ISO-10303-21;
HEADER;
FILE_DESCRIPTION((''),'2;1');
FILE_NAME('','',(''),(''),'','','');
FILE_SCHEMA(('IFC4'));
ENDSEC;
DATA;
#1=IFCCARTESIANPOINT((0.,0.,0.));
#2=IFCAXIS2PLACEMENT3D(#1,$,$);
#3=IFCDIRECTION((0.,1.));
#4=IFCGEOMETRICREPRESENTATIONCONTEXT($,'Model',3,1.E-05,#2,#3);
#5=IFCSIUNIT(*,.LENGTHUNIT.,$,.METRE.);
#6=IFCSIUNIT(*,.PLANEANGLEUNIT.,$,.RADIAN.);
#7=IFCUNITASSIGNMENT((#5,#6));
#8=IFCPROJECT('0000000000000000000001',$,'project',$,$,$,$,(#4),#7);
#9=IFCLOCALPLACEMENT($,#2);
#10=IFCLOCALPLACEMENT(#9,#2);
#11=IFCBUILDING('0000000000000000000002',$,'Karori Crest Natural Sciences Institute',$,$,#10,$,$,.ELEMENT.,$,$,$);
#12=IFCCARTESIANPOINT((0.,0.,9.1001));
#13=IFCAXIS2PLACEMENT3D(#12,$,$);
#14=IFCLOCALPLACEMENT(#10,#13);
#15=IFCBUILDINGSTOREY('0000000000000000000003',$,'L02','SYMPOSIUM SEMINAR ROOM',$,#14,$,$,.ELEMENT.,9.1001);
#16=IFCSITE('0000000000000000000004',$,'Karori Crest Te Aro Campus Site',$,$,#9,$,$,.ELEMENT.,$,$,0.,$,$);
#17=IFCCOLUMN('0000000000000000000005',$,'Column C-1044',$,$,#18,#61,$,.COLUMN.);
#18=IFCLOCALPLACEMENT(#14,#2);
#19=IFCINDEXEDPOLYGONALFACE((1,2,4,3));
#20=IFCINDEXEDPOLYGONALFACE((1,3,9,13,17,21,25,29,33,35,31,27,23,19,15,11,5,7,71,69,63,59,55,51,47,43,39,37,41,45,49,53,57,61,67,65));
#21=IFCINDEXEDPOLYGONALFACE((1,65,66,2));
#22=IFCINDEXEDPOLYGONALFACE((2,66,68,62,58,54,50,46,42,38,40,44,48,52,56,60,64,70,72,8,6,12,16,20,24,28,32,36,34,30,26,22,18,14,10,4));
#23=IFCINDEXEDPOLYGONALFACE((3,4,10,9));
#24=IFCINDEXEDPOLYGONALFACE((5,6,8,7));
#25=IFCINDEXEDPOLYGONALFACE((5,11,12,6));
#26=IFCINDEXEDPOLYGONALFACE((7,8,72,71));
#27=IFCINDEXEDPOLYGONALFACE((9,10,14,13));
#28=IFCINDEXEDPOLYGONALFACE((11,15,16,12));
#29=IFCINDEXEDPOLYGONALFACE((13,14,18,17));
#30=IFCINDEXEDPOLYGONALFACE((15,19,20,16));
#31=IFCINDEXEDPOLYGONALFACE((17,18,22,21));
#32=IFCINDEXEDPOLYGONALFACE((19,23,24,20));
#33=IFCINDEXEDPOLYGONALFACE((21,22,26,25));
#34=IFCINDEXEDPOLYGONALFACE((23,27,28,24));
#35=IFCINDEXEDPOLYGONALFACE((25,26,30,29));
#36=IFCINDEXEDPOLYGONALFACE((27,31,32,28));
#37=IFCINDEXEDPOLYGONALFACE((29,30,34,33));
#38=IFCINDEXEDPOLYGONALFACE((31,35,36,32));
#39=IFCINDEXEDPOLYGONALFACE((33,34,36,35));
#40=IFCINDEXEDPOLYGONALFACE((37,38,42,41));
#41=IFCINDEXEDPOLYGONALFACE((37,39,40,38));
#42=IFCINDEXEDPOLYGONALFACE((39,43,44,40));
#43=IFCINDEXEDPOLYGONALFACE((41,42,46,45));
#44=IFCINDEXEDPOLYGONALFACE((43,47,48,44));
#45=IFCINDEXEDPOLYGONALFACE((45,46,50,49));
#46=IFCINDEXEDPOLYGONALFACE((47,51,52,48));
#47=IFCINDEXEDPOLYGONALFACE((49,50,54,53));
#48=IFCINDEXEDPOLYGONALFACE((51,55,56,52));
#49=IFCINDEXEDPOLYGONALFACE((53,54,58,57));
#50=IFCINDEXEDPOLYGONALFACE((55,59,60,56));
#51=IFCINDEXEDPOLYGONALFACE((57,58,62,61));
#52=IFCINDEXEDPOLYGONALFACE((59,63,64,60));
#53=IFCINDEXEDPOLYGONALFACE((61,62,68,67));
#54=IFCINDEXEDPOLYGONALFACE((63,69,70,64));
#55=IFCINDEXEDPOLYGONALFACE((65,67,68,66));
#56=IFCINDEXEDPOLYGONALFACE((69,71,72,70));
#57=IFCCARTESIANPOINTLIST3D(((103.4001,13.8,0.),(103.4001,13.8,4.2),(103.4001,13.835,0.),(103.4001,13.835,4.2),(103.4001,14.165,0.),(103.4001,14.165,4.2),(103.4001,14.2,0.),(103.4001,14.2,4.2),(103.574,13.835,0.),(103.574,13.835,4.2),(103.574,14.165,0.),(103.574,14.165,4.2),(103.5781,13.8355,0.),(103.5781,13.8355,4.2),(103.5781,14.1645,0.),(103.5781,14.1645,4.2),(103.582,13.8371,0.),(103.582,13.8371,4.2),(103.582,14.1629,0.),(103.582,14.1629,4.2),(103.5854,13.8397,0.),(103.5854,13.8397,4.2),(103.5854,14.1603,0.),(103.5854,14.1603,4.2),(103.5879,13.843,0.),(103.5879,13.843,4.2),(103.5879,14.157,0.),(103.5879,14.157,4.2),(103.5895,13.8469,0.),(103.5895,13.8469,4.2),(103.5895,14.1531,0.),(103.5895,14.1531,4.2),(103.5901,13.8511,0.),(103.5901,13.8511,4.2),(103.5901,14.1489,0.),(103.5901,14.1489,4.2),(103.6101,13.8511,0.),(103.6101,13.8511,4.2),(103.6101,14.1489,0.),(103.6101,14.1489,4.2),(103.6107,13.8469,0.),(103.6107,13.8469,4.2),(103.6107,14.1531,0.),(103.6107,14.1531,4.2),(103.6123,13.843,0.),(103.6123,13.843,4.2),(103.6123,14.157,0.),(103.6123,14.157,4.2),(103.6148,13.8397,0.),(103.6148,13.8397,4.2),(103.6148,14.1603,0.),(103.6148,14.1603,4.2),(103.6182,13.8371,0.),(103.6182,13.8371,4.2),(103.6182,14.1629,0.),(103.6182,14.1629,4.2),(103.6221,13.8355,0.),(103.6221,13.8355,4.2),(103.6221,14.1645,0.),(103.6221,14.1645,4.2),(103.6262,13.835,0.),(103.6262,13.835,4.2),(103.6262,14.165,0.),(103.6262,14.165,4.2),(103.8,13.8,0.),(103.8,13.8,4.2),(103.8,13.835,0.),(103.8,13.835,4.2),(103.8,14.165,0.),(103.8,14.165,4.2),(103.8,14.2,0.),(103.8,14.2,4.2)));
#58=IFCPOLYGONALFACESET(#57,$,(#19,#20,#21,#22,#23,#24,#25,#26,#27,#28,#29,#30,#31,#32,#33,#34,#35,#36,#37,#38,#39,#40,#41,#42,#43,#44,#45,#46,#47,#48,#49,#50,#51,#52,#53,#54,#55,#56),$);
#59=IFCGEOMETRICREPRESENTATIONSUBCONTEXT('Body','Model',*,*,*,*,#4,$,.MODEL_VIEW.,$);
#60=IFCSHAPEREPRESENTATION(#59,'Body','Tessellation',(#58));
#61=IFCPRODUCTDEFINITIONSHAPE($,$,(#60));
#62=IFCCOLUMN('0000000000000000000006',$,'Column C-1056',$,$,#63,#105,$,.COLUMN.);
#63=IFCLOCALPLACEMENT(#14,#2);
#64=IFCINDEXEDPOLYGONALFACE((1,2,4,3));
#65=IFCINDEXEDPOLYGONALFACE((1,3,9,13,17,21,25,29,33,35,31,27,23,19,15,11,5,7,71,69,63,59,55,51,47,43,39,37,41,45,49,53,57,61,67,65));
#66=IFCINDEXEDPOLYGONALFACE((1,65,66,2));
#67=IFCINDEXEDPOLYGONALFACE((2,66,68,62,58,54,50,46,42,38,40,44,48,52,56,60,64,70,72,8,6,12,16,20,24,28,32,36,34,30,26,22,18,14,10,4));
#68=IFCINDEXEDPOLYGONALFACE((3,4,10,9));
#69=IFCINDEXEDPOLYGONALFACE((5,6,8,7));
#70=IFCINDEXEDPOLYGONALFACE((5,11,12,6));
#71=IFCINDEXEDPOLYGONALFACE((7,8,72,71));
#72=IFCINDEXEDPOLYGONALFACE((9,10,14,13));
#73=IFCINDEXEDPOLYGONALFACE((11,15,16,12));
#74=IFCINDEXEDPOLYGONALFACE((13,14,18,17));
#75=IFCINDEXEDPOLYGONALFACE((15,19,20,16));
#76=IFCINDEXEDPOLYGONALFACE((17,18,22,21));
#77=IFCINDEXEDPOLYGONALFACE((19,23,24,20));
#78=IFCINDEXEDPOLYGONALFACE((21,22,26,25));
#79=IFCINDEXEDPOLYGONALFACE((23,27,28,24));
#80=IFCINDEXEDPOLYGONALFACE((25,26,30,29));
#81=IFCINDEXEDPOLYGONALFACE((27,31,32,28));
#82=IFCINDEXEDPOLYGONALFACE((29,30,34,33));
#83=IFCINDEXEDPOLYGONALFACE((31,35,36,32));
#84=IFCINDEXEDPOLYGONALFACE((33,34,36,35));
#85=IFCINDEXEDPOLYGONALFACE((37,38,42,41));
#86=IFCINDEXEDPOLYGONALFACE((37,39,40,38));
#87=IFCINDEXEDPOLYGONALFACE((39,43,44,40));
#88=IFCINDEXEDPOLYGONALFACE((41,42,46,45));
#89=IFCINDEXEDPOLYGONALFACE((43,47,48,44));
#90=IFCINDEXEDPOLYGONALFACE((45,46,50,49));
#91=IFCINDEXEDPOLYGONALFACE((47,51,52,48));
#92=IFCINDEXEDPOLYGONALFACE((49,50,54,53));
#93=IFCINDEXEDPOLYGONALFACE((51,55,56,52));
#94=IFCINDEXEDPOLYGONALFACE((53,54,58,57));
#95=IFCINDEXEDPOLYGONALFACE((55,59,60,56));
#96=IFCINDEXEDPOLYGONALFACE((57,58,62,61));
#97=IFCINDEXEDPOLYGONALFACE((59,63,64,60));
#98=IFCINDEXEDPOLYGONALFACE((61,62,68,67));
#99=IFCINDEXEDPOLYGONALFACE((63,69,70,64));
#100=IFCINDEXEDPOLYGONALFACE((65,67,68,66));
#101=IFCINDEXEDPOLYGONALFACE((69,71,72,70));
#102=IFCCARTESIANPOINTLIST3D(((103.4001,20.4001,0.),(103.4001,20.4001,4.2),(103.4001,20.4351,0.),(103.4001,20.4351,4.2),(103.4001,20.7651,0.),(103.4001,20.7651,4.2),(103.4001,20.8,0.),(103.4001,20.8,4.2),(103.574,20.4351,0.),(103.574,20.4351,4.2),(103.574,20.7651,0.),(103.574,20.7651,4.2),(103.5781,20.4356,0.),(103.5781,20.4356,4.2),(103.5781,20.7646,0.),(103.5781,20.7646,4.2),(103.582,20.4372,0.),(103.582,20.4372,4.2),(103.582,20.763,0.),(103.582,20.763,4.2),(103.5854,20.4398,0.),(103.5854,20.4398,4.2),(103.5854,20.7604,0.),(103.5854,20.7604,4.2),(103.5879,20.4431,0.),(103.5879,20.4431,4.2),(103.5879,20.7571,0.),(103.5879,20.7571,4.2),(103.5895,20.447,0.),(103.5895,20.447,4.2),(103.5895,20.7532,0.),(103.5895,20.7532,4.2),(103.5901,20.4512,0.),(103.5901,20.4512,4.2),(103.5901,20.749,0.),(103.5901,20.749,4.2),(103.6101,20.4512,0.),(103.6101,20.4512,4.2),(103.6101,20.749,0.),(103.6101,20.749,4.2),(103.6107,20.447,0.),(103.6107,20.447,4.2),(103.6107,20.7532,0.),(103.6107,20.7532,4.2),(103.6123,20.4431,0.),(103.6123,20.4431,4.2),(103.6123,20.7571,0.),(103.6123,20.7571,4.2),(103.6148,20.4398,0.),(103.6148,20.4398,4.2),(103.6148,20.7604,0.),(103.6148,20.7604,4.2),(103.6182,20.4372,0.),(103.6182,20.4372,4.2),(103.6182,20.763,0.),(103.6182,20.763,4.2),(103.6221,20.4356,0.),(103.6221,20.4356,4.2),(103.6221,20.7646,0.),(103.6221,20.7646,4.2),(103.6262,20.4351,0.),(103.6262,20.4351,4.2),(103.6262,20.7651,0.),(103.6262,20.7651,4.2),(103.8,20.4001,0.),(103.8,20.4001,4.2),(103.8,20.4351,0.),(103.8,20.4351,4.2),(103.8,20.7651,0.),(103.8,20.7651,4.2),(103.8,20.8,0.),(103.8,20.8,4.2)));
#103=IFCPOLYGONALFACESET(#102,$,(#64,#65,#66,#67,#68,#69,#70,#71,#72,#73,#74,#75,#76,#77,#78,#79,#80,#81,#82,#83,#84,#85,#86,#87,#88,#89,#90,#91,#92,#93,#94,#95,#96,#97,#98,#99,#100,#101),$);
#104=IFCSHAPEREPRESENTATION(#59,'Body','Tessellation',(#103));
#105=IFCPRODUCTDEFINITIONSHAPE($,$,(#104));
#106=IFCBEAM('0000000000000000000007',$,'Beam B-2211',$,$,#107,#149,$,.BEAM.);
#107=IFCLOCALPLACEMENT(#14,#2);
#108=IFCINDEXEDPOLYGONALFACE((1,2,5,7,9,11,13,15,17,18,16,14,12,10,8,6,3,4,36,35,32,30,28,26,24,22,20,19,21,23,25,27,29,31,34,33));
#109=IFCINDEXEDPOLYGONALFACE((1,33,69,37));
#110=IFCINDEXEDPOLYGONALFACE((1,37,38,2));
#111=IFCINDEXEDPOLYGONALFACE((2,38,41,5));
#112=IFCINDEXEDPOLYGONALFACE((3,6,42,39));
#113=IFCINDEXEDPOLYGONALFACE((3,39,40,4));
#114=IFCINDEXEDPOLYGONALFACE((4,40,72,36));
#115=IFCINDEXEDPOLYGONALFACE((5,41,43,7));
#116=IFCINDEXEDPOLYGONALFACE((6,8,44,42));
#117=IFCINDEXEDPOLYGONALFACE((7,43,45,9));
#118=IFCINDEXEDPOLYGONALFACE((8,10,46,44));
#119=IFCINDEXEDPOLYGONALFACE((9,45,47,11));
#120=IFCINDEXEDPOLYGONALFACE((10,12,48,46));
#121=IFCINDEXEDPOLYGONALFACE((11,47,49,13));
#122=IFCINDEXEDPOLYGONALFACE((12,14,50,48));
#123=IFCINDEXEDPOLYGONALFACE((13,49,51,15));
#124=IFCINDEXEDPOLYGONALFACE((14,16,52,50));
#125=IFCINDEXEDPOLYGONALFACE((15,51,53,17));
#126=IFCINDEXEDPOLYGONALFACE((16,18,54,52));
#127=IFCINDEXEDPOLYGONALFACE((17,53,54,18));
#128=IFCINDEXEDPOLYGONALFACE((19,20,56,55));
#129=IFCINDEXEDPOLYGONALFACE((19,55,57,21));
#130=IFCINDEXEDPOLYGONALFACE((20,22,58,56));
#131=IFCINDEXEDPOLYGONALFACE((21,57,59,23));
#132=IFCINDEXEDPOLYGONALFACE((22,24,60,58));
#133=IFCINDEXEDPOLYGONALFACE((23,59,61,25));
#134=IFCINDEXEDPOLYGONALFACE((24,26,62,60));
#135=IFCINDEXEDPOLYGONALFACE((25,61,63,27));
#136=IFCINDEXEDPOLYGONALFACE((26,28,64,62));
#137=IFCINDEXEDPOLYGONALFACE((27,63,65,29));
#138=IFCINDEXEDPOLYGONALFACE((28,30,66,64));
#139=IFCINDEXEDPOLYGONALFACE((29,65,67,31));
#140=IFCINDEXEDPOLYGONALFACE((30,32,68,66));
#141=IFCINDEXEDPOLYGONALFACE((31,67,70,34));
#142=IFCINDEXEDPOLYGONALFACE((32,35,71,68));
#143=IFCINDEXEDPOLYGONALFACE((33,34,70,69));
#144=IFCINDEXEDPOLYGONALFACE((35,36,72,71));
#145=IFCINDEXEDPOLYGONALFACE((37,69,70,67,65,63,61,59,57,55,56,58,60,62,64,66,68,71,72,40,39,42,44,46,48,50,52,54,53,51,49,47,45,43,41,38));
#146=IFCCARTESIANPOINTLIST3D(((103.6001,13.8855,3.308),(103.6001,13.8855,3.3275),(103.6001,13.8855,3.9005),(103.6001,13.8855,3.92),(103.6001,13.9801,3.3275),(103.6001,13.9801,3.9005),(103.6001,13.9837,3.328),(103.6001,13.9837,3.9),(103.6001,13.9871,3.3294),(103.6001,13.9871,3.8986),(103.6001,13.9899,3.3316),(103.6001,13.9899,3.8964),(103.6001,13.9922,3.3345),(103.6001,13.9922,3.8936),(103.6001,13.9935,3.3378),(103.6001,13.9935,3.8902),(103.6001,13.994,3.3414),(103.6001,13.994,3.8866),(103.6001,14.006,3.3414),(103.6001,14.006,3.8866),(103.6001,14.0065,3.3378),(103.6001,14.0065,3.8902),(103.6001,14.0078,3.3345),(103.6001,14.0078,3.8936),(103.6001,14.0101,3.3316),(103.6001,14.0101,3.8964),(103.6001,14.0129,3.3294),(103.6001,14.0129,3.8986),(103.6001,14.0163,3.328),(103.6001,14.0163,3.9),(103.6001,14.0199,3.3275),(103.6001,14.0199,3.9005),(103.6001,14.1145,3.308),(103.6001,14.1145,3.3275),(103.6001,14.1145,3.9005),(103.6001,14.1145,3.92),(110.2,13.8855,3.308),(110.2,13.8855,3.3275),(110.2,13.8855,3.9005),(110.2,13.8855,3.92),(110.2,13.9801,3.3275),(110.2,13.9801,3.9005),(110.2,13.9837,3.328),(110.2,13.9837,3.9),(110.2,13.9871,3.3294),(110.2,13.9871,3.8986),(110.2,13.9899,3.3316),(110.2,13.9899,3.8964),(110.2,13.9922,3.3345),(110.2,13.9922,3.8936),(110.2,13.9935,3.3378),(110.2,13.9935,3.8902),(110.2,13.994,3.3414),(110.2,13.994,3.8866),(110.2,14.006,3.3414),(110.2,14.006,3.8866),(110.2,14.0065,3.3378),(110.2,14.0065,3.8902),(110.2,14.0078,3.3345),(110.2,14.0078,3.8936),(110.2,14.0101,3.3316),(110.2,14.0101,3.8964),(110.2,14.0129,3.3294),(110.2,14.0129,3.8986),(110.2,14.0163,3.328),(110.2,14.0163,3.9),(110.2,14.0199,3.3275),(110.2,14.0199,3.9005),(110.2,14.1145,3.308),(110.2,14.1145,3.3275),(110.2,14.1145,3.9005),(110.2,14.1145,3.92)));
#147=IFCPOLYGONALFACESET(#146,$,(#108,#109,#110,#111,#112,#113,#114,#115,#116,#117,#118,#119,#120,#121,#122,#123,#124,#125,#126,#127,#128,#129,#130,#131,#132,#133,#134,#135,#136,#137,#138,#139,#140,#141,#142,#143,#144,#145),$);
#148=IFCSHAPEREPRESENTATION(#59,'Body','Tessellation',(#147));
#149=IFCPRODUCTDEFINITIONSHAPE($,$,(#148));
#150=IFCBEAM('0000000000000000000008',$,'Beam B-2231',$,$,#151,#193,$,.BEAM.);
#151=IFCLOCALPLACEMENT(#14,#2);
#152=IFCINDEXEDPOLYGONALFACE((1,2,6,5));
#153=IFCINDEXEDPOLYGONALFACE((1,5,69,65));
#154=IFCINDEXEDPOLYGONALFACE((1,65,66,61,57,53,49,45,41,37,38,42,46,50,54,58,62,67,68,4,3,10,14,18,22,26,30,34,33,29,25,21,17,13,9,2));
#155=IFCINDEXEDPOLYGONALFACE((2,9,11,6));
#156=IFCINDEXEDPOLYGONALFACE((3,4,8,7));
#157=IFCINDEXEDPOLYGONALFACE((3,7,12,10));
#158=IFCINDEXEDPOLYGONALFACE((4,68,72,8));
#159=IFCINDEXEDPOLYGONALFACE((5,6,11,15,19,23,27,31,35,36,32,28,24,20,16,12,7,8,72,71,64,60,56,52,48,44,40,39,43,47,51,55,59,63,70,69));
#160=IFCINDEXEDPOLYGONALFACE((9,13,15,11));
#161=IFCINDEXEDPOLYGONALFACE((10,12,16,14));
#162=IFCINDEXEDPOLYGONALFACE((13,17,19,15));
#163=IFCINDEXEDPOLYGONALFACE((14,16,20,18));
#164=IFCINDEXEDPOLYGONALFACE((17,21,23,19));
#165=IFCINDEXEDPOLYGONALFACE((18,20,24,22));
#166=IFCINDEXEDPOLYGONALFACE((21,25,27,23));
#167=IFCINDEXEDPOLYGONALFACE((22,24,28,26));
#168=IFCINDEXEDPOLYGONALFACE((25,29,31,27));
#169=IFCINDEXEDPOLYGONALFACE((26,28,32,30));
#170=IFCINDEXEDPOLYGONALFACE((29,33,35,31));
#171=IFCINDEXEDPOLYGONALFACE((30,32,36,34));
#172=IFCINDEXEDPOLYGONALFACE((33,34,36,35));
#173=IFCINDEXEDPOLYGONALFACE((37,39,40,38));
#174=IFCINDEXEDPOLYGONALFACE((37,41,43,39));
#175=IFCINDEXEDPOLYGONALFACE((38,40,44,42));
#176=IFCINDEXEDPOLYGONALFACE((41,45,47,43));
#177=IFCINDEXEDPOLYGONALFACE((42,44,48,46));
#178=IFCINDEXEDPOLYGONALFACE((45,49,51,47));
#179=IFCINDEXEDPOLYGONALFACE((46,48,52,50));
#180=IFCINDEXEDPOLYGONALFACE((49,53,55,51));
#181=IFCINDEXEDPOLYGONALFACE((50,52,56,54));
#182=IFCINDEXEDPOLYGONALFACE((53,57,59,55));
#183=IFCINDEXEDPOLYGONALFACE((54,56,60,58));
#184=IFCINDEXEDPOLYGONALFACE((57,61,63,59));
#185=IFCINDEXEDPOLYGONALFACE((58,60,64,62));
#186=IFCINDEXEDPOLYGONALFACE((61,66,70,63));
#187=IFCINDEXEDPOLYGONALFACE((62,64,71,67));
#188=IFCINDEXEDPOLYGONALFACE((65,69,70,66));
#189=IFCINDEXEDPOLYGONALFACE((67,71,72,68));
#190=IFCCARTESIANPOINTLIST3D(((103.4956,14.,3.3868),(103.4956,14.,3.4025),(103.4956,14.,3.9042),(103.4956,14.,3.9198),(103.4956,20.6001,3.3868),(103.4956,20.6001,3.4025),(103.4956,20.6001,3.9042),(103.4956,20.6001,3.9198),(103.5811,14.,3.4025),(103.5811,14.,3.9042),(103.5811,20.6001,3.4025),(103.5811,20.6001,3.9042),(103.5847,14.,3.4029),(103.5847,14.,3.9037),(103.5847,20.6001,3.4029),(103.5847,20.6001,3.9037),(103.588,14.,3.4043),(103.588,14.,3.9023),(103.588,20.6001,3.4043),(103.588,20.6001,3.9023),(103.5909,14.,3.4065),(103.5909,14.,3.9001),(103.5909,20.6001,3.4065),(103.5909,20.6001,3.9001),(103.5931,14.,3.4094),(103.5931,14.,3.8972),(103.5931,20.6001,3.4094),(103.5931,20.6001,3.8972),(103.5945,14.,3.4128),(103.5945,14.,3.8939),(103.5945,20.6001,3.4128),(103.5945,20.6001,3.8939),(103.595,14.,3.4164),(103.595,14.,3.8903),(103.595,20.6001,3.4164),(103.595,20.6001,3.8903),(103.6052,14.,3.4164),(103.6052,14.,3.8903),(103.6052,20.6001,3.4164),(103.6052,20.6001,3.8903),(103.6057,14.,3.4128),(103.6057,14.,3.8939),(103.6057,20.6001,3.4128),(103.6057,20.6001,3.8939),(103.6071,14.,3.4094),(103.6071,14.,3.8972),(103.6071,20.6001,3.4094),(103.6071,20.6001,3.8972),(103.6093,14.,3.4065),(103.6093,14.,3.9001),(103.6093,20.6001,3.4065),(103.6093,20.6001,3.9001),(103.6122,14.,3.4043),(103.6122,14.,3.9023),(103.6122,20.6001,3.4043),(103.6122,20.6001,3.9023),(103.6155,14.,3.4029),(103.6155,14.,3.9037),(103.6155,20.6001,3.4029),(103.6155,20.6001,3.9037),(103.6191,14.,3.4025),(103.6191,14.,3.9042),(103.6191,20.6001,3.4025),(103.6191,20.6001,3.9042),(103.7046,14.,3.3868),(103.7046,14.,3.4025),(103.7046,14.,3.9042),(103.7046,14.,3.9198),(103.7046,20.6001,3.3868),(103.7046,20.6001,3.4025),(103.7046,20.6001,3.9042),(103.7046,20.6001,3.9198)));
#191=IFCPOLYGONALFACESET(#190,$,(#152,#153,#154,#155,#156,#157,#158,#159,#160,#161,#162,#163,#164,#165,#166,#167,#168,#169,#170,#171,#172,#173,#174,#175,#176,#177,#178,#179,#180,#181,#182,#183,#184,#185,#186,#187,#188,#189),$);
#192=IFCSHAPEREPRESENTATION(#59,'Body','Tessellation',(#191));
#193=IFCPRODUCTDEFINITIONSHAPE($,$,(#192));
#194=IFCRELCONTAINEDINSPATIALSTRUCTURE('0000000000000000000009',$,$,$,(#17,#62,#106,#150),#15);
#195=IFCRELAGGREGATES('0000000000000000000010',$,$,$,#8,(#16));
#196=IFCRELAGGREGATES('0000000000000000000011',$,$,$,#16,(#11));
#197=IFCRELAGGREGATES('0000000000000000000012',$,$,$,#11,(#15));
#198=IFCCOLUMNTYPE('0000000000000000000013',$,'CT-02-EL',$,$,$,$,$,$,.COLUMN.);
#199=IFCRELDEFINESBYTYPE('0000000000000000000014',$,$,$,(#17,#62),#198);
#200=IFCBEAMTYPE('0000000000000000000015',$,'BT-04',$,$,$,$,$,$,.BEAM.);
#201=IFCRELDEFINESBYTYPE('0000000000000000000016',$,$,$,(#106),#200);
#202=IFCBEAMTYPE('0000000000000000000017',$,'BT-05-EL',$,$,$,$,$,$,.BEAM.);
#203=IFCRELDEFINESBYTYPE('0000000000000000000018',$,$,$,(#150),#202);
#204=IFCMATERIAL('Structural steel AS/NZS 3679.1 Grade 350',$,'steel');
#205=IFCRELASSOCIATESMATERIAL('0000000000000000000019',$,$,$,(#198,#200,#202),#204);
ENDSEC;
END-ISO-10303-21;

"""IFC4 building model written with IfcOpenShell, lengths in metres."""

from ifc_helpers import new_model, si_unit, direction, frame, origin, origin_2d, place, context, subcontext, project, spatial, i_section, extrude, material, material_profile, profile_set, type_object, element, save


model = new_model("IFC4")

# Units and contexts
model_context = context("Model", 3, precision=1e-05, world=origin(), true_north=direction((0.0, 1.0)))
body_context = subcontext(model_context, "Body", "Model", "MODEL_VIEW")
ifc_project = project(units=[si_unit("LENGTHUNIT", "METRE"), si_unit("PLANEANGLEUNIT", "RADIAN")], contexts=[model_context])

# Site, building, storey
site_placement = place(None, origin())
site = spatial("IfcSite", under=ifc_project, at=site_placement, Name="Karori Crest Te Aro Campus Site", CompositionType="ELEMENT", RefElevation=0.0)
building_placement = place(site_placement, origin())
building = spatial("IfcBuilding", under=site, at=building_placement, Name="Karori Crest Natural Sciences Institute", CompositionType="ELEMENT")
storey_placement = place(building_placement, frame((0.0, 0.0, 9.1001)))
storey = spatial("IfcBuildingStorey", under=building, at=storey_placement, Name="L02", Description="SYMPOSIUM SEMINAR ROOM", CompositionType="ELEMENT", Elevation=9.1001)

# Columns
ifc_material_1 = material(Name="Structural steel AS/NZS 3679.1 Grade 350", Category="steel")
ifc_material_profile_1 = material_profile(ifc_material_1, i_section(OverallWidth=0.3999, OverallDepth=0.3999, WebThickness=0.02, FlangeThickness=0.0349, FilletRadius=0.0161, at=origin_2d()), Name="400WC328")
ifc_profile_set_1 = profile_set([ifc_material_profile_1], Name="Structural steel AS/NZS 3679.1 Grade 350")
column_type = type_object("IfcColumnType", Name="CT-02-EL", PredefinedType="COLUMN", material=ifc_profile_set_1)
for number, where, z_axis, x_axis, name in (
    (1, (103.6001, 14.0, 0.0), (0.0, 0.0, 1.0), (1.0, 0.0, 0.0), "Column C-1044"),
    (2, (103.6001, 20.6001, 0.0), (0.0, 0.0, 1.0), (1.0, 0.0, 0.0), "Column C-1056"),
):
    element("IfcColumn", number, at=place(storey_placement, frame(where, z_axis=z_axis, x_axis=x_axis)), inside=storey, type_object=column_type, Name=name, PredefinedType="COLUMN", context=body_context, shape_type="SweptSolid", body=[
        extrude(i_section(OverallWidth=0.3999, OverallDepth=0.3999, WebThickness=0.02, FlangeThickness=0.0349, FilletRadius=0.0161, at=origin_2d()), origin(), (0.0, 0.0, 1.0), 4.2),
    ])

# Beams
ifc_material_profile_2 = material_profile(ifc_material_1, i_section(OverallWidth=0.229, OverallDepth=0.6121, WebThickness=0.012, FlangeThickness=0.0195, FilletRadius=0.0139, at=origin_2d()), Name="610UB125")
ifc_profile_set_2 = profile_set([ifc_material_profile_2], Name="Structural steel AS/NZS 3679.1 Grade 350")
beam_type_1 = type_object("IfcBeamType", Name="BT-04", PredefinedType="BEAM", material=ifc_profile_set_2)
beam_1_placement = place(storey_placement, frame((103.6001, 14.0, 3.614), z_axis=(1.0, 0.0, 0.0), x_axis=(0.0, 1.0, 0.0)))
element("IfcBeam", 3, at=beam_1_placement, inside=storey, type_object=beam_type_1, Name="Beam B-2211", PredefinedType="BEAM", context=body_context, shape_type="SweptSolid", body=[
    extrude(i_section(OverallWidth=0.229, OverallDepth=0.6121, WebThickness=0.012, FlangeThickness=0.0195, FilletRadius=0.0139, at=origin_2d()), origin(), (0.0, 0.0, 1.0), 6.5999),
])
ifc_material_profile_3 = material_profile(ifc_material_1, i_section(OverallWidth=0.209, OverallDepth=0.533, WebThickness=0.0103, FlangeThickness=0.0156, FilletRadius=0.0139, at=origin_2d()), Name="530UB92.4")
ifc_profile_set_3 = profile_set([ifc_material_profile_3], Name="Structural steel AS/NZS 3679.1 Grade 350")
beam_type_2 = type_object("IfcBeamType", Name="BT-05-EL", PredefinedType="BEAM", material=ifc_profile_set_3)
beam_2_placement = place(storey_placement, frame((103.6001, 14.0, 3.6533), z_axis=(0.0, 1.0, 0.0), x_axis=(-1.0, 0.0, 0.0)))
element("IfcBeam", 4, at=beam_2_placement, inside=storey, type_object=beam_type_2, Name="Beam B-2231", PredefinedType="BEAM", context=body_context, shape_type="SweptSolid", body=[
    extrude(i_section(OverallWidth=0.209, OverallDepth=0.533, WebThickness=0.0103, FlangeThickness=0.0156, FilletRadius=0.0139, at=origin_2d()), origin(), (0.0, 0.0, 1.0), 6.6001),
])

save(model, "model.ifc")
